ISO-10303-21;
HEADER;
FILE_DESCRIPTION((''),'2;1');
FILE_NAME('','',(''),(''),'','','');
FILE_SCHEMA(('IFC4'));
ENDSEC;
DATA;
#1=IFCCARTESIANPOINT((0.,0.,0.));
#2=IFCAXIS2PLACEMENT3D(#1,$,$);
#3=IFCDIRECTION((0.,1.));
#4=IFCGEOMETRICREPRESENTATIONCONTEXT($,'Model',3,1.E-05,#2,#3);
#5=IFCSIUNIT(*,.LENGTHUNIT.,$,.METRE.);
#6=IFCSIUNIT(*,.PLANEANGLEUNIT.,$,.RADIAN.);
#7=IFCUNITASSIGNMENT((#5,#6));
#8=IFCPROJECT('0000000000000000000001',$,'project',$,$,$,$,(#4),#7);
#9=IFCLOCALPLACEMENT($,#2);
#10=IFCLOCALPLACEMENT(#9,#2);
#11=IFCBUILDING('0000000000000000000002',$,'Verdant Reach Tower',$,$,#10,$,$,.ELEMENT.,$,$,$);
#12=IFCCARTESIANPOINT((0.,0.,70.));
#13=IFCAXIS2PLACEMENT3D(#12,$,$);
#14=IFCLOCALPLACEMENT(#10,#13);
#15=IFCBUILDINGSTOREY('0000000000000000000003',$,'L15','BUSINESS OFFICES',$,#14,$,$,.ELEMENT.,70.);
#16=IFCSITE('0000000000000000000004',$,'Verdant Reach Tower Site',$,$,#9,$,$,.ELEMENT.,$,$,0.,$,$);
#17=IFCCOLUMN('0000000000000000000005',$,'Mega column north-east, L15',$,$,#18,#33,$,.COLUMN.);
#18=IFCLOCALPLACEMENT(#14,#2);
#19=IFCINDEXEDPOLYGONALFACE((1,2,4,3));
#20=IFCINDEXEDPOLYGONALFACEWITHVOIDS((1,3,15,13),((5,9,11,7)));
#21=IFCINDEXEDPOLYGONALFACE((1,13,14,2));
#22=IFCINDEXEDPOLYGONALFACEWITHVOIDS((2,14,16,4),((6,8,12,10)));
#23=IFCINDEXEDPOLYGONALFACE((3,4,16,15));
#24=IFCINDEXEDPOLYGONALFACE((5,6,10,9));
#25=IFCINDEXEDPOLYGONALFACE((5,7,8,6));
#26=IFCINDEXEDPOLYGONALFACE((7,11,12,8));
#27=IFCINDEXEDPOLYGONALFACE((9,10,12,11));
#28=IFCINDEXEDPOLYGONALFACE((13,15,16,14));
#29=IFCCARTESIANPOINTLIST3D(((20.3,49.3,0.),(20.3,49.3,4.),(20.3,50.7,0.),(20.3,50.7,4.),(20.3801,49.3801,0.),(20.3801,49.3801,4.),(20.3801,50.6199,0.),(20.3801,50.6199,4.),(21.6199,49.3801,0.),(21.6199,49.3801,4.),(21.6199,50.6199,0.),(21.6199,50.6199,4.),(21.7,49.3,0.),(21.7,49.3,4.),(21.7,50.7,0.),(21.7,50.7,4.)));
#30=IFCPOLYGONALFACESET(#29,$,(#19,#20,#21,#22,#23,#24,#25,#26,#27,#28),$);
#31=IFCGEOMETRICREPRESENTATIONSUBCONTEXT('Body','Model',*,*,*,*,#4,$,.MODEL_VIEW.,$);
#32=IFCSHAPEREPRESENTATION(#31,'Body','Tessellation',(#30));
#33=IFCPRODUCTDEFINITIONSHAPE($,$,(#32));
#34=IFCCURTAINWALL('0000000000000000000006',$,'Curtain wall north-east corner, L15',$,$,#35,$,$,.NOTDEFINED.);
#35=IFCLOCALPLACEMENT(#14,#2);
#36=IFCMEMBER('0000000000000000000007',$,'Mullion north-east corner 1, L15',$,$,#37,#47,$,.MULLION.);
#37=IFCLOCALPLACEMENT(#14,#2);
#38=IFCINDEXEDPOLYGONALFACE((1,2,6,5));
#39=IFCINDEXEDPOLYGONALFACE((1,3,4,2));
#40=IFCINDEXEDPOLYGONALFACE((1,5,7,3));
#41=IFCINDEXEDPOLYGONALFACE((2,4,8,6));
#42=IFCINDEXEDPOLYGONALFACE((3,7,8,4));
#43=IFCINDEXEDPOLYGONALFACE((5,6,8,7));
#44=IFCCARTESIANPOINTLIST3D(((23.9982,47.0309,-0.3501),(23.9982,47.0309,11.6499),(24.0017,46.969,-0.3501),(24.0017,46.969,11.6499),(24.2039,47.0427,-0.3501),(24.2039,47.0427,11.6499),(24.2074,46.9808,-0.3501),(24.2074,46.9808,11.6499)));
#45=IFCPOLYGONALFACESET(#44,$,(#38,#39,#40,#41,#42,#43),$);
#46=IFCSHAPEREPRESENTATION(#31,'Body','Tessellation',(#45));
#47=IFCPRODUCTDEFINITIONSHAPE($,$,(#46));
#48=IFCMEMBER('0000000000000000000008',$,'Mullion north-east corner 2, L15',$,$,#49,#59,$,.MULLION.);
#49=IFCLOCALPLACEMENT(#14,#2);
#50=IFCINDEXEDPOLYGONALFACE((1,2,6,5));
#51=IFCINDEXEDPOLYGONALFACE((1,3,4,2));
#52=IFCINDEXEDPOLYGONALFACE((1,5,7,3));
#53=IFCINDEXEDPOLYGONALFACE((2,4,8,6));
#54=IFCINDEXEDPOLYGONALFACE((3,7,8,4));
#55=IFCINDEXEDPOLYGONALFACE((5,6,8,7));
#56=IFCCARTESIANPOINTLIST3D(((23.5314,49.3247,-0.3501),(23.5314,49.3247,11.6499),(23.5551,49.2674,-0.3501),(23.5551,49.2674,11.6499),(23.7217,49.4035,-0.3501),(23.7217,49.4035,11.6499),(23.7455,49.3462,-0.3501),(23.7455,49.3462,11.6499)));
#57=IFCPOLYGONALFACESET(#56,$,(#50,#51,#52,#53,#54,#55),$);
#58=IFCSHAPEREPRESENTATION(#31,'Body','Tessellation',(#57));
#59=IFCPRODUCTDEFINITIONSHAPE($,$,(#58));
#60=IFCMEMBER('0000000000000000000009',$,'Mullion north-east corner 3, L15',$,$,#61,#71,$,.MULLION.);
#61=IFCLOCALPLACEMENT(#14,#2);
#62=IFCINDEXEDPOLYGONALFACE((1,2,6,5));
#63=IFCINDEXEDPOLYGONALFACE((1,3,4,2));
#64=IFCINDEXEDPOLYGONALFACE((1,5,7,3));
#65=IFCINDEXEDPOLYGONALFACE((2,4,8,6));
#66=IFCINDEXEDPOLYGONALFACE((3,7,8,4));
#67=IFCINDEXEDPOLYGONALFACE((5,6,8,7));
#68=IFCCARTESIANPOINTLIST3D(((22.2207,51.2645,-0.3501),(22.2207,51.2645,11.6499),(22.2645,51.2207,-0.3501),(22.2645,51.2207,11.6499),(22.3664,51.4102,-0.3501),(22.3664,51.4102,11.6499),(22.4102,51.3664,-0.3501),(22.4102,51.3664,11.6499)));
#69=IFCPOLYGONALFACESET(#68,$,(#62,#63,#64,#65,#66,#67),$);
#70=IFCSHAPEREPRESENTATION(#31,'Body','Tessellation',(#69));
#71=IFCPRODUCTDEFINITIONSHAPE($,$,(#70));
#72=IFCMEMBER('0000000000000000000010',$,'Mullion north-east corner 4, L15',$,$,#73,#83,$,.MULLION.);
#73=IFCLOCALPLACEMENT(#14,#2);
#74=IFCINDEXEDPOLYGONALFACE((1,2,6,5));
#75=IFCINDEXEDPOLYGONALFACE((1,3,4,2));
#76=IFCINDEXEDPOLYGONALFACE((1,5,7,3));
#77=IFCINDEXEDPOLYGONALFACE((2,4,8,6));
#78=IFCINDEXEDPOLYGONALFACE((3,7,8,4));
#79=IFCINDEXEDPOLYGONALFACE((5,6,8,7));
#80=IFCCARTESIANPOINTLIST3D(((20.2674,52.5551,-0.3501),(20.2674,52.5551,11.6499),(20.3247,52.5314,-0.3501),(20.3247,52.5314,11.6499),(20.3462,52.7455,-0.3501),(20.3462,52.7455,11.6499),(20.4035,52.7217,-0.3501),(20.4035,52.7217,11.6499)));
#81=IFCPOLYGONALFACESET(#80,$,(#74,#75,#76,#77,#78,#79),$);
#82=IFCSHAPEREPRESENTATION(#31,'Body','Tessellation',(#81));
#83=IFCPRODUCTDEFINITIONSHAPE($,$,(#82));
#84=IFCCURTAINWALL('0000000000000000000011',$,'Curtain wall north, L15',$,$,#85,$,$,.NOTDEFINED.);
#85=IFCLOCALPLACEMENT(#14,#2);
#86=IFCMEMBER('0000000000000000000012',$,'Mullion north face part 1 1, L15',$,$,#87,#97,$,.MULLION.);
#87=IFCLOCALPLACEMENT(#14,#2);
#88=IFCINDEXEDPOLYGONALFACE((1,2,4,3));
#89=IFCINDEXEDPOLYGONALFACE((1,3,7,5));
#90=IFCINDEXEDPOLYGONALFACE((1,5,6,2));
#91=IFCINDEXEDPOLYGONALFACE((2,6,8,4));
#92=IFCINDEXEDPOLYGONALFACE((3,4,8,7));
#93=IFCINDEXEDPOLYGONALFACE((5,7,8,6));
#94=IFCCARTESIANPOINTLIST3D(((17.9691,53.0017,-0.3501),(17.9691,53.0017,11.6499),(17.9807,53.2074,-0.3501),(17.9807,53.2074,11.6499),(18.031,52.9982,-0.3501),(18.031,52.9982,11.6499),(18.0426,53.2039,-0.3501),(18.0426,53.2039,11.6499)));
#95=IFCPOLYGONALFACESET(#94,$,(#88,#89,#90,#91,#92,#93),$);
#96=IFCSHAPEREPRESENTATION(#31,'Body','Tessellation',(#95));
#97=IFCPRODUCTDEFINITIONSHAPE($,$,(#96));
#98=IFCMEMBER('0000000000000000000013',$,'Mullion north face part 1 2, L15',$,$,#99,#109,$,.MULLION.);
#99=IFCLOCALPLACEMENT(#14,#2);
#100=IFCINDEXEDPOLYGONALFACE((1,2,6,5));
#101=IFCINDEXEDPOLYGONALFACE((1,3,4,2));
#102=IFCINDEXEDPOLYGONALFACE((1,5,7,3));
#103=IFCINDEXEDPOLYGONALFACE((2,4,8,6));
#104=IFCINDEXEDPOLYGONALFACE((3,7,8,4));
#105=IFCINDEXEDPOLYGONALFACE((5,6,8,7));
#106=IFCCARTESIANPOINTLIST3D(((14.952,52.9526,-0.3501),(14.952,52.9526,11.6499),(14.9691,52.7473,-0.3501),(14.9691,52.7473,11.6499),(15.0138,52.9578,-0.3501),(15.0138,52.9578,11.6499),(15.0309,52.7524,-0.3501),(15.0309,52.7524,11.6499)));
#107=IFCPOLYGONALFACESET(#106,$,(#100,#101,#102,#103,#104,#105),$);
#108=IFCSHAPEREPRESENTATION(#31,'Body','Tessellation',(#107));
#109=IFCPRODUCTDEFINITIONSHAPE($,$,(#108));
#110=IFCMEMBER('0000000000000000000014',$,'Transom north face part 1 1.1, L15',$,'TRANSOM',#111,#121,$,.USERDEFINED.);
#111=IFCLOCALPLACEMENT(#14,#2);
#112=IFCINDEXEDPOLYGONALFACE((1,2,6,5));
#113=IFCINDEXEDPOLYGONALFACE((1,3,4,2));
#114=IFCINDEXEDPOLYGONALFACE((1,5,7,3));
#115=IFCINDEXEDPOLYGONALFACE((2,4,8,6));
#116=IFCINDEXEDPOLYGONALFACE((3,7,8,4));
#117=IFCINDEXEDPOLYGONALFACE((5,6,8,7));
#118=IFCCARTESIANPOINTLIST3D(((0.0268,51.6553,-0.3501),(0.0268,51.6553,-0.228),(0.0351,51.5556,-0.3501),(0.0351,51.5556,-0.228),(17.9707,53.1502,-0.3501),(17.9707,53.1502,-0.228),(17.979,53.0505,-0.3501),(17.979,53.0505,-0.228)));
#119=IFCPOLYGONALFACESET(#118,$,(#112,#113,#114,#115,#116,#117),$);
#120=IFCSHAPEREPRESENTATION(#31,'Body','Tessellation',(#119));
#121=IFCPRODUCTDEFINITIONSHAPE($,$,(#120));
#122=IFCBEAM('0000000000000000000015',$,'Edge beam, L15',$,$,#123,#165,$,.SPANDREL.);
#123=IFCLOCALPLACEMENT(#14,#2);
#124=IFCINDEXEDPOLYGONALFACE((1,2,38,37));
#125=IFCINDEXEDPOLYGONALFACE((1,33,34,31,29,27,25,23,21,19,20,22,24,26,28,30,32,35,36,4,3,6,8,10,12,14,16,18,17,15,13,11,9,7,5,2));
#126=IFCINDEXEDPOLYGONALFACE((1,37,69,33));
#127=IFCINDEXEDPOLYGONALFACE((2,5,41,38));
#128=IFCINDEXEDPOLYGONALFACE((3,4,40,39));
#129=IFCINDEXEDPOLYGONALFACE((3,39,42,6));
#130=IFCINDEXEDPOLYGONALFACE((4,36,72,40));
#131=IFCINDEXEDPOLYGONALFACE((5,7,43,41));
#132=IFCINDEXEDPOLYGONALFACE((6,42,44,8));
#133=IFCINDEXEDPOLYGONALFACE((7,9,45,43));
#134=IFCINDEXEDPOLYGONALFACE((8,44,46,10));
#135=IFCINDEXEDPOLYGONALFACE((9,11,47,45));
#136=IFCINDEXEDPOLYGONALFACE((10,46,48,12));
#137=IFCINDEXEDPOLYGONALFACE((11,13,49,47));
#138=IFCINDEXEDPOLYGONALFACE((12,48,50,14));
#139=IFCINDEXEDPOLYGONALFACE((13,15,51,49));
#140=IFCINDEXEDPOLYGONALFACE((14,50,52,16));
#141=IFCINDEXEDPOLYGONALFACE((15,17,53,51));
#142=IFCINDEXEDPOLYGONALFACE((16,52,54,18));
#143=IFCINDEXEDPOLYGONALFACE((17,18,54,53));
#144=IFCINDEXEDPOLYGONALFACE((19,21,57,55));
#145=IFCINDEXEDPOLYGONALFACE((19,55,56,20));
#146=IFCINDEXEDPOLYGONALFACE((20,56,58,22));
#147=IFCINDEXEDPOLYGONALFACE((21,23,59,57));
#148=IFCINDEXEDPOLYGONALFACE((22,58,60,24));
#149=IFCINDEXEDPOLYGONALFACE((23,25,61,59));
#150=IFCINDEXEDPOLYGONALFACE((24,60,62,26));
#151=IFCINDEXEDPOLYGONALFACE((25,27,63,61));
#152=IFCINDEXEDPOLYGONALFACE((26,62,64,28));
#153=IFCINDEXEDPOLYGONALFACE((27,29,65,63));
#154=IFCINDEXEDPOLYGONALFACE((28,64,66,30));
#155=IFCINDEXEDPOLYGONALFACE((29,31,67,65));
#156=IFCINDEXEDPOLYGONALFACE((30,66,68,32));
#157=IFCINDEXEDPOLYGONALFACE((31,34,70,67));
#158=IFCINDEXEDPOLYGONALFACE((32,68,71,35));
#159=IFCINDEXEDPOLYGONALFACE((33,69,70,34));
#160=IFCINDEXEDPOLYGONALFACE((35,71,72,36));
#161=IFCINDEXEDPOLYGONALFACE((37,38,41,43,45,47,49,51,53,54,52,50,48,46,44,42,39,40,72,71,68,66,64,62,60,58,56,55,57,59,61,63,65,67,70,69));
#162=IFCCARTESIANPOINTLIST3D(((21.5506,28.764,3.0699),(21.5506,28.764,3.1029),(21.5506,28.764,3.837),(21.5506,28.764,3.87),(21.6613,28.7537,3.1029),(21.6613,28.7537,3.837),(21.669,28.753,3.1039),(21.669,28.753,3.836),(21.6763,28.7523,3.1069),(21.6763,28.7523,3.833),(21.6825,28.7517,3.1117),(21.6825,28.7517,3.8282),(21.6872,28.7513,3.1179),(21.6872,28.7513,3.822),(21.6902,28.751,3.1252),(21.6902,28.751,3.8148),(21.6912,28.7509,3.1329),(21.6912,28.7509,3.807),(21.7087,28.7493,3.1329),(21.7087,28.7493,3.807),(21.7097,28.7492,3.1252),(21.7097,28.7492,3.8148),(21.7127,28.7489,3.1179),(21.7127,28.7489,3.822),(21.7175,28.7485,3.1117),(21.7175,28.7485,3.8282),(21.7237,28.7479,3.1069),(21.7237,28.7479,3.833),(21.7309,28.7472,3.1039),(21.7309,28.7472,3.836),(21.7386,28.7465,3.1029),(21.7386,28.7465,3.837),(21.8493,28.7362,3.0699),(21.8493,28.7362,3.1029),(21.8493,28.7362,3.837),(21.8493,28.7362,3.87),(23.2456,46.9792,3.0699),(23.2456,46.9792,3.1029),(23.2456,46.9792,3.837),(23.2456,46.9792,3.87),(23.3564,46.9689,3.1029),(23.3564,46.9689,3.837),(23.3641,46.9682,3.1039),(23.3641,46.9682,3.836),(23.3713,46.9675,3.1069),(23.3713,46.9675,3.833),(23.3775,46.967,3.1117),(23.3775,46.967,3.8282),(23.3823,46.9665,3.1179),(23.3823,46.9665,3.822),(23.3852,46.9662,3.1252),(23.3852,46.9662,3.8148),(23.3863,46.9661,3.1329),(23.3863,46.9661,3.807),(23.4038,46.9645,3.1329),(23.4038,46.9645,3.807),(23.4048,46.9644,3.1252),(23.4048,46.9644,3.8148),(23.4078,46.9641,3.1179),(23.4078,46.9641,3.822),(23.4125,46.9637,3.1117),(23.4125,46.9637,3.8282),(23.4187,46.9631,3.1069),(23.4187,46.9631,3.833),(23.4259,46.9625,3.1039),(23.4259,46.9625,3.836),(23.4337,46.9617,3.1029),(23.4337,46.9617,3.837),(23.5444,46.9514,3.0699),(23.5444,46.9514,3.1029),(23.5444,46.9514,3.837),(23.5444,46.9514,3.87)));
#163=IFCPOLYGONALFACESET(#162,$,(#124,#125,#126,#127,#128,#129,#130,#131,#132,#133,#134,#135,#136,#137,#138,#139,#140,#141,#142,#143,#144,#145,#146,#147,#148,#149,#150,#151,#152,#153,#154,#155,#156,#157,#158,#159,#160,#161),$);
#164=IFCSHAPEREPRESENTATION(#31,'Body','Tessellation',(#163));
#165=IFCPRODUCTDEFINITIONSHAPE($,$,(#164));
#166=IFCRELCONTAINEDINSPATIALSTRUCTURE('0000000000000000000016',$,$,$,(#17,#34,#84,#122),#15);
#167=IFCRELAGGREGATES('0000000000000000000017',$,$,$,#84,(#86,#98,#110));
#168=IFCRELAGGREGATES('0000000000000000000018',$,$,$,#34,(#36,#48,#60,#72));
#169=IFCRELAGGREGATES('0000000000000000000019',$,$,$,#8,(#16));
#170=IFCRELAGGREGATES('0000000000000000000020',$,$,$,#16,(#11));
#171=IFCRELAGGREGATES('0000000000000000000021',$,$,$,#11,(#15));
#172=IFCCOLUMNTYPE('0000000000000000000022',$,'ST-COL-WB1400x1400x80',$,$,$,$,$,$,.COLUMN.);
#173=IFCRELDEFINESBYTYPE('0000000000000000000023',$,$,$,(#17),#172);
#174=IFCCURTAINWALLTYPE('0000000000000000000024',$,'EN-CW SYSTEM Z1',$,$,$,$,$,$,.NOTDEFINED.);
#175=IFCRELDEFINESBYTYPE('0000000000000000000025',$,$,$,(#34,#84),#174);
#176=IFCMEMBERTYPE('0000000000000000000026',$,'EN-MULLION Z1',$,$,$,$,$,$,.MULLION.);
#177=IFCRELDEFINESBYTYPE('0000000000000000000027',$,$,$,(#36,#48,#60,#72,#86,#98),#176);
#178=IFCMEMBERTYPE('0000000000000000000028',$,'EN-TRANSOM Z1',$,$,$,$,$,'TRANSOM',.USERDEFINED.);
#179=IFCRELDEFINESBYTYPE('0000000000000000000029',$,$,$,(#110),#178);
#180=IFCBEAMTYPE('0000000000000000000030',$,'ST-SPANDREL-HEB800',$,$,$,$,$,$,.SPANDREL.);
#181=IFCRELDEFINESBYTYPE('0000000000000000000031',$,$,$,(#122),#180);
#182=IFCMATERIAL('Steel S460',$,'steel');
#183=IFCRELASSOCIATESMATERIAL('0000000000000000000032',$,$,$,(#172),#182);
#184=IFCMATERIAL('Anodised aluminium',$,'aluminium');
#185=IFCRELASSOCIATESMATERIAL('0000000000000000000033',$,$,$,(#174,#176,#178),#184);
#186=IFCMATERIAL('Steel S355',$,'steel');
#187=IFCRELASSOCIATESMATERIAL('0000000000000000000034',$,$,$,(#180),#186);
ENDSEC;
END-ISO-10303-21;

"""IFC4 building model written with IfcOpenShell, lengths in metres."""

from ifc_helpers import new_model, si_unit, direction, frame, origin, origin_2d, place, context, subcontext, project, spatial, rectangle, hollow_rectangle, i_section, extrude, material, material_profile, profile_set, type_object, element, aggregate, save


model = new_model("IFC4")

# Units and contexts
model_context = context("Model", 3, precision=1e-05, world=origin(), true_north=direction((0.0, 1.0)))
body_context = subcontext(model_context, "Body", "Model", "MODEL_VIEW")
ifc_project = project(units=[si_unit("LENGTHUNIT", "METRE"), si_unit("PLANEANGLEUNIT", "RADIAN")], contexts=[model_context])

# Site, building, storey
site_placement = place(None, origin())
site = spatial("IfcSite", under=ifc_project, at=site_placement, Name="Verdant Reach Tower Site", CompositionType="ELEMENT", RefElevation=0.0)
building_placement = place(site_placement, origin())
building = spatial("IfcBuilding", under=site, at=building_placement, Name="Verdant Reach Tower", CompositionType="ELEMENT")
storey_placement = place(building_placement, frame((0.0, 0.0, 70.0)))
storey = spatial("IfcBuildingStorey", under=building, at=storey_placement, Name="L15", Description="BUSINESS OFFICES", CompositionType="ELEMENT", Elevation=70.0)

# Column
ifc_material_1 = material(Name="Steel S460", Category="steel")
ifc_material_profile_1 = material_profile(ifc_material_1, hollow_rectangle(XDim=1.3999, YDim=1.3999, WallThickness=0.0801, at=origin_2d()), Name="WB 1400x1400x80")
ifc_profile_set_1 = profile_set([ifc_material_profile_1], Name="Steel S460")
column_type = type_object("IfcColumnType", Name="ST-COL-WB1400x1400x80", PredefinedType="COLUMN", material=ifc_profile_set_1)
column_placement = place(storey_placement, frame((21.0, 50.0, 0.0), z_axis=(0.0, 0.0, 1.0), x_axis=(1.0, 0.0, 0.0)))
element("IfcColumn", 1, at=column_placement, inside=storey, type_object=column_type, Name="Mega column north-east, L15", PredefinedType="COLUMN", context=body_context, shape_type="SweptSolid", body=[
    extrude(hollow_rectangle(XDim=1.3999, YDim=1.3999, WallThickness=0.0801, at=origin_2d()), origin(), (0.0, 0.0, 1.0), 4.0),
])

# Curtain walls, members
ifc_material_2 = material(Name="Anodised aluminium", Category="aluminium")
curtain_wall_type = type_object("IfcCurtainWallType", Name="EN-CW SYSTEM Z1", PredefinedType="NOTDEFINED", material=ifc_material_2)
curtain_wall_1_placement = place(storey_placement, origin())
curtain_wall_1 = element("IfcCurtainWall", 2, at=curtain_wall_1_placement, inside=storey, type_object=curtain_wall_type, Name="Curtain wall north-east corner, L15", PredefinedType="NOTDEFINED")
ifc_material_profile_2 = material_profile(ifc_material_2, rectangle(XDim=0.2061, YDim=0.062, at=origin_2d()), Name="Mullion 62x206")
ifc_profile_set_2 = profile_set([ifc_material_profile_2], Name="Anodised aluminium")
member_type_1 = type_object("IfcMemberType", Name="EN-MULLION Z1", PredefinedType="MULLION", material=ifc_profile_set_2)
member_1_placement = place(storey_placement, frame((24.1028, 47.0059, -0.3501), z_axis=(0.0, 0.0, 1.0), x_axis=(0.998366, 0.057135, 0.0)))
member_1 = element("IfcMember", 3, at=member_1_placement, type_object=member_type_1, Name="Mullion north-east corner 1, L15", PredefinedType="MULLION", context=body_context, shape_type="SweptSolid", body=[
    extrude(rectangle(XDim=0.2061, YDim=0.062, at=origin_2d()), origin(), (0.0, 0.0, 1.0), 12.0),
])
member_2_placement = place(storey_placement, frame((23.6384, 49.3354, -0.3501), z_axis=(0.0, 0.0, 1.0), x_axis=(0.923875, 0.382694, 0.0)))
member_2 = element("IfcMember", 4, at=member_2_placement, type_object=member_type_1, Name="Mullion north-east corner 2, L15", PredefinedType="MULLION", context=body_context, shape_type="SweptSolid", body=[
    extrude(rectangle(XDim=0.2061, YDim=0.062, at=origin_2d()), origin(), (0.0, 0.0, 1.0), 12.0),
])
member_3_placement = place(storey_placement, frame((22.3154, 51.3154, -0.3501), z_axis=(0.0, 0.0, 1.0), x_axis=(0.707107, 0.707107, 0.0)))
member_3 = element("IfcMember", 5, at=member_3_placement, type_object=member_type_1, Name="Mullion north-east corner 3, L15", PredefinedType="MULLION", context=body_context, shape_type="SweptSolid", body=[
    extrude(rectangle(XDim=0.2061, YDim=0.062, at=origin_2d()), origin(), (0.0, 0.0, 1.0), 12.0),
])
member_4_placement = place(storey_placement, frame((20.3354, 52.6384, -0.3501), z_axis=(0.0, 0.0, 1.0), x_axis=(0.382694, 0.923875, 0.0)))
member_4 = element("IfcMember", 6, at=member_4_placement, type_object=member_type_1, Name="Mullion north-east corner 4, L15", PredefinedType="MULLION", context=body_context, shape_type="SweptSolid", body=[
    extrude(rectangle(XDim=0.2061, YDim=0.062, at=origin_2d()), origin(), (0.0, 0.0, 1.0), 12.0),
])
curtain_wall_2_placement = place(storey_placement, origin())
curtain_wall_2 = element("IfcCurtainWall", 7, at=curtain_wall_2_placement, inside=storey, type_object=curtain_wall_type, Name="Curtain wall north, L15", PredefinedType="NOTDEFINED")
member_5_placement = place(storey_placement, frame((18.0059, 53.1028, -0.3501), z_axis=(0.0, 0.0, 1.0), x_axis=(0.056569, 0.998399, 0.0)))
member_5 = element("IfcMember", 8, at=member_5_placement, type_object=member_type_1, Name="Mullion north face part 1 1, L15", PredefinedType="MULLION", context=body_context, shape_type="SweptSolid", body=[
    extrude(rectangle(XDim=0.2061, YDim=0.062, at=origin_2d()), origin(), (0.0, 0.0, 1.0), 12.0),
])
member_6_placement = place(storey_placement, frame((14.9915, 52.8525, -0.3501), z_axis=(0.0, 0.0, 1.0), x_axis=(-0.083045, 0.996546, 0.0)))
member_6 = element("IfcMember", 9, at=member_6_placement, type_object=member_type_1, Name="Mullion north face part 1 2, L15", PredefinedType="MULLION", context=body_context, shape_type="SweptSolid", body=[
    extrude(rectangle(XDim=0.2061, YDim=0.062, at=origin_2d()), origin(), (0.0, 0.0, 1.0), 12.0),
])
ifc_material_profile_3 = material_profile(ifc_material_2, rectangle(XDim=0.1001, YDim=0.1221, at=origin_2d()), Name="Transom 122x100")
ifc_profile_set_3 = profile_set([ifc_material_profile_3], Name="Anodised aluminium")
member_type_2 = type_object("IfcMemberType", Name="EN-TRANSOM Z1", ElementType="TRANSOM", PredefinedType="USERDEFINED", material=ifc_profile_set_3)
member_7_placement = place(storey_placement, frame((17.9749, 53.1003, -0.2891), z_axis=(-0.996548, -0.083021, 0.0), x_axis=(0.083021, -0.996548, 0.0)))
member_7 = element("IfcMember", 10, at=member_7_placement, type_object=member_type_2, Name="Transom north face part 1 1.1, L15", ObjectType="TRANSOM", PredefinedType="USERDEFINED", context=body_context, shape_type="SweptSolid", body=[
    extrude(rectangle(XDim=0.1001, YDim=0.1221, at=origin_2d()), origin(), (0.0, 0.0, 1.0), 18.0061),
])

# Beam
ifc_material_3 = material(Name="Steel S355", Category="steel")
ifc_material_profile_4 = material_profile(ifc_material_3, i_section(OverallWidth=0.3, OverallDepth=0.8, WebThickness=0.0176, FlangeThickness=0.033, FilletRadius=0.03, at=origin_2d()), Name="HEB 800")
ifc_profile_set_4 = profile_set([ifc_material_profile_4], Name="Steel S355")
beam_type_1 = type_object("IfcBeamType", Name="ST-SPANDREL-HEB800", PredefinedType="SPANDREL", material=ifc_profile_set_4)
beam_1_placement = place(storey_placement, frame((23.395, 46.9653, 3.47), z_axis=(-0.092657, -0.995698, 0.0), x_axis=(0.995698, -0.092657, 0.0)))
element("IfcBeam", 11, at=beam_1_placement, inside=storey, type_object=beam_type_1, Name="Edge beam, L15", PredefinedType="SPANDREL", context=body_context, shape_type="SweptSolid", body=[
    extrude(i_section(OverallWidth=0.3, OverallDepth=0.8, WebThickness=0.0176, FlangeThickness=0.033, FilletRadius=0.03, at=origin_2d()), origin(), (0.0, 0.0, 1.0), 18.2939),
])

aggregate(curtain_wall_2, [member_5, member_6, member_7])
aggregate(curtain_wall_1, [member_1, member_2, member_3, member_4])

save(model, "model.ifc")
